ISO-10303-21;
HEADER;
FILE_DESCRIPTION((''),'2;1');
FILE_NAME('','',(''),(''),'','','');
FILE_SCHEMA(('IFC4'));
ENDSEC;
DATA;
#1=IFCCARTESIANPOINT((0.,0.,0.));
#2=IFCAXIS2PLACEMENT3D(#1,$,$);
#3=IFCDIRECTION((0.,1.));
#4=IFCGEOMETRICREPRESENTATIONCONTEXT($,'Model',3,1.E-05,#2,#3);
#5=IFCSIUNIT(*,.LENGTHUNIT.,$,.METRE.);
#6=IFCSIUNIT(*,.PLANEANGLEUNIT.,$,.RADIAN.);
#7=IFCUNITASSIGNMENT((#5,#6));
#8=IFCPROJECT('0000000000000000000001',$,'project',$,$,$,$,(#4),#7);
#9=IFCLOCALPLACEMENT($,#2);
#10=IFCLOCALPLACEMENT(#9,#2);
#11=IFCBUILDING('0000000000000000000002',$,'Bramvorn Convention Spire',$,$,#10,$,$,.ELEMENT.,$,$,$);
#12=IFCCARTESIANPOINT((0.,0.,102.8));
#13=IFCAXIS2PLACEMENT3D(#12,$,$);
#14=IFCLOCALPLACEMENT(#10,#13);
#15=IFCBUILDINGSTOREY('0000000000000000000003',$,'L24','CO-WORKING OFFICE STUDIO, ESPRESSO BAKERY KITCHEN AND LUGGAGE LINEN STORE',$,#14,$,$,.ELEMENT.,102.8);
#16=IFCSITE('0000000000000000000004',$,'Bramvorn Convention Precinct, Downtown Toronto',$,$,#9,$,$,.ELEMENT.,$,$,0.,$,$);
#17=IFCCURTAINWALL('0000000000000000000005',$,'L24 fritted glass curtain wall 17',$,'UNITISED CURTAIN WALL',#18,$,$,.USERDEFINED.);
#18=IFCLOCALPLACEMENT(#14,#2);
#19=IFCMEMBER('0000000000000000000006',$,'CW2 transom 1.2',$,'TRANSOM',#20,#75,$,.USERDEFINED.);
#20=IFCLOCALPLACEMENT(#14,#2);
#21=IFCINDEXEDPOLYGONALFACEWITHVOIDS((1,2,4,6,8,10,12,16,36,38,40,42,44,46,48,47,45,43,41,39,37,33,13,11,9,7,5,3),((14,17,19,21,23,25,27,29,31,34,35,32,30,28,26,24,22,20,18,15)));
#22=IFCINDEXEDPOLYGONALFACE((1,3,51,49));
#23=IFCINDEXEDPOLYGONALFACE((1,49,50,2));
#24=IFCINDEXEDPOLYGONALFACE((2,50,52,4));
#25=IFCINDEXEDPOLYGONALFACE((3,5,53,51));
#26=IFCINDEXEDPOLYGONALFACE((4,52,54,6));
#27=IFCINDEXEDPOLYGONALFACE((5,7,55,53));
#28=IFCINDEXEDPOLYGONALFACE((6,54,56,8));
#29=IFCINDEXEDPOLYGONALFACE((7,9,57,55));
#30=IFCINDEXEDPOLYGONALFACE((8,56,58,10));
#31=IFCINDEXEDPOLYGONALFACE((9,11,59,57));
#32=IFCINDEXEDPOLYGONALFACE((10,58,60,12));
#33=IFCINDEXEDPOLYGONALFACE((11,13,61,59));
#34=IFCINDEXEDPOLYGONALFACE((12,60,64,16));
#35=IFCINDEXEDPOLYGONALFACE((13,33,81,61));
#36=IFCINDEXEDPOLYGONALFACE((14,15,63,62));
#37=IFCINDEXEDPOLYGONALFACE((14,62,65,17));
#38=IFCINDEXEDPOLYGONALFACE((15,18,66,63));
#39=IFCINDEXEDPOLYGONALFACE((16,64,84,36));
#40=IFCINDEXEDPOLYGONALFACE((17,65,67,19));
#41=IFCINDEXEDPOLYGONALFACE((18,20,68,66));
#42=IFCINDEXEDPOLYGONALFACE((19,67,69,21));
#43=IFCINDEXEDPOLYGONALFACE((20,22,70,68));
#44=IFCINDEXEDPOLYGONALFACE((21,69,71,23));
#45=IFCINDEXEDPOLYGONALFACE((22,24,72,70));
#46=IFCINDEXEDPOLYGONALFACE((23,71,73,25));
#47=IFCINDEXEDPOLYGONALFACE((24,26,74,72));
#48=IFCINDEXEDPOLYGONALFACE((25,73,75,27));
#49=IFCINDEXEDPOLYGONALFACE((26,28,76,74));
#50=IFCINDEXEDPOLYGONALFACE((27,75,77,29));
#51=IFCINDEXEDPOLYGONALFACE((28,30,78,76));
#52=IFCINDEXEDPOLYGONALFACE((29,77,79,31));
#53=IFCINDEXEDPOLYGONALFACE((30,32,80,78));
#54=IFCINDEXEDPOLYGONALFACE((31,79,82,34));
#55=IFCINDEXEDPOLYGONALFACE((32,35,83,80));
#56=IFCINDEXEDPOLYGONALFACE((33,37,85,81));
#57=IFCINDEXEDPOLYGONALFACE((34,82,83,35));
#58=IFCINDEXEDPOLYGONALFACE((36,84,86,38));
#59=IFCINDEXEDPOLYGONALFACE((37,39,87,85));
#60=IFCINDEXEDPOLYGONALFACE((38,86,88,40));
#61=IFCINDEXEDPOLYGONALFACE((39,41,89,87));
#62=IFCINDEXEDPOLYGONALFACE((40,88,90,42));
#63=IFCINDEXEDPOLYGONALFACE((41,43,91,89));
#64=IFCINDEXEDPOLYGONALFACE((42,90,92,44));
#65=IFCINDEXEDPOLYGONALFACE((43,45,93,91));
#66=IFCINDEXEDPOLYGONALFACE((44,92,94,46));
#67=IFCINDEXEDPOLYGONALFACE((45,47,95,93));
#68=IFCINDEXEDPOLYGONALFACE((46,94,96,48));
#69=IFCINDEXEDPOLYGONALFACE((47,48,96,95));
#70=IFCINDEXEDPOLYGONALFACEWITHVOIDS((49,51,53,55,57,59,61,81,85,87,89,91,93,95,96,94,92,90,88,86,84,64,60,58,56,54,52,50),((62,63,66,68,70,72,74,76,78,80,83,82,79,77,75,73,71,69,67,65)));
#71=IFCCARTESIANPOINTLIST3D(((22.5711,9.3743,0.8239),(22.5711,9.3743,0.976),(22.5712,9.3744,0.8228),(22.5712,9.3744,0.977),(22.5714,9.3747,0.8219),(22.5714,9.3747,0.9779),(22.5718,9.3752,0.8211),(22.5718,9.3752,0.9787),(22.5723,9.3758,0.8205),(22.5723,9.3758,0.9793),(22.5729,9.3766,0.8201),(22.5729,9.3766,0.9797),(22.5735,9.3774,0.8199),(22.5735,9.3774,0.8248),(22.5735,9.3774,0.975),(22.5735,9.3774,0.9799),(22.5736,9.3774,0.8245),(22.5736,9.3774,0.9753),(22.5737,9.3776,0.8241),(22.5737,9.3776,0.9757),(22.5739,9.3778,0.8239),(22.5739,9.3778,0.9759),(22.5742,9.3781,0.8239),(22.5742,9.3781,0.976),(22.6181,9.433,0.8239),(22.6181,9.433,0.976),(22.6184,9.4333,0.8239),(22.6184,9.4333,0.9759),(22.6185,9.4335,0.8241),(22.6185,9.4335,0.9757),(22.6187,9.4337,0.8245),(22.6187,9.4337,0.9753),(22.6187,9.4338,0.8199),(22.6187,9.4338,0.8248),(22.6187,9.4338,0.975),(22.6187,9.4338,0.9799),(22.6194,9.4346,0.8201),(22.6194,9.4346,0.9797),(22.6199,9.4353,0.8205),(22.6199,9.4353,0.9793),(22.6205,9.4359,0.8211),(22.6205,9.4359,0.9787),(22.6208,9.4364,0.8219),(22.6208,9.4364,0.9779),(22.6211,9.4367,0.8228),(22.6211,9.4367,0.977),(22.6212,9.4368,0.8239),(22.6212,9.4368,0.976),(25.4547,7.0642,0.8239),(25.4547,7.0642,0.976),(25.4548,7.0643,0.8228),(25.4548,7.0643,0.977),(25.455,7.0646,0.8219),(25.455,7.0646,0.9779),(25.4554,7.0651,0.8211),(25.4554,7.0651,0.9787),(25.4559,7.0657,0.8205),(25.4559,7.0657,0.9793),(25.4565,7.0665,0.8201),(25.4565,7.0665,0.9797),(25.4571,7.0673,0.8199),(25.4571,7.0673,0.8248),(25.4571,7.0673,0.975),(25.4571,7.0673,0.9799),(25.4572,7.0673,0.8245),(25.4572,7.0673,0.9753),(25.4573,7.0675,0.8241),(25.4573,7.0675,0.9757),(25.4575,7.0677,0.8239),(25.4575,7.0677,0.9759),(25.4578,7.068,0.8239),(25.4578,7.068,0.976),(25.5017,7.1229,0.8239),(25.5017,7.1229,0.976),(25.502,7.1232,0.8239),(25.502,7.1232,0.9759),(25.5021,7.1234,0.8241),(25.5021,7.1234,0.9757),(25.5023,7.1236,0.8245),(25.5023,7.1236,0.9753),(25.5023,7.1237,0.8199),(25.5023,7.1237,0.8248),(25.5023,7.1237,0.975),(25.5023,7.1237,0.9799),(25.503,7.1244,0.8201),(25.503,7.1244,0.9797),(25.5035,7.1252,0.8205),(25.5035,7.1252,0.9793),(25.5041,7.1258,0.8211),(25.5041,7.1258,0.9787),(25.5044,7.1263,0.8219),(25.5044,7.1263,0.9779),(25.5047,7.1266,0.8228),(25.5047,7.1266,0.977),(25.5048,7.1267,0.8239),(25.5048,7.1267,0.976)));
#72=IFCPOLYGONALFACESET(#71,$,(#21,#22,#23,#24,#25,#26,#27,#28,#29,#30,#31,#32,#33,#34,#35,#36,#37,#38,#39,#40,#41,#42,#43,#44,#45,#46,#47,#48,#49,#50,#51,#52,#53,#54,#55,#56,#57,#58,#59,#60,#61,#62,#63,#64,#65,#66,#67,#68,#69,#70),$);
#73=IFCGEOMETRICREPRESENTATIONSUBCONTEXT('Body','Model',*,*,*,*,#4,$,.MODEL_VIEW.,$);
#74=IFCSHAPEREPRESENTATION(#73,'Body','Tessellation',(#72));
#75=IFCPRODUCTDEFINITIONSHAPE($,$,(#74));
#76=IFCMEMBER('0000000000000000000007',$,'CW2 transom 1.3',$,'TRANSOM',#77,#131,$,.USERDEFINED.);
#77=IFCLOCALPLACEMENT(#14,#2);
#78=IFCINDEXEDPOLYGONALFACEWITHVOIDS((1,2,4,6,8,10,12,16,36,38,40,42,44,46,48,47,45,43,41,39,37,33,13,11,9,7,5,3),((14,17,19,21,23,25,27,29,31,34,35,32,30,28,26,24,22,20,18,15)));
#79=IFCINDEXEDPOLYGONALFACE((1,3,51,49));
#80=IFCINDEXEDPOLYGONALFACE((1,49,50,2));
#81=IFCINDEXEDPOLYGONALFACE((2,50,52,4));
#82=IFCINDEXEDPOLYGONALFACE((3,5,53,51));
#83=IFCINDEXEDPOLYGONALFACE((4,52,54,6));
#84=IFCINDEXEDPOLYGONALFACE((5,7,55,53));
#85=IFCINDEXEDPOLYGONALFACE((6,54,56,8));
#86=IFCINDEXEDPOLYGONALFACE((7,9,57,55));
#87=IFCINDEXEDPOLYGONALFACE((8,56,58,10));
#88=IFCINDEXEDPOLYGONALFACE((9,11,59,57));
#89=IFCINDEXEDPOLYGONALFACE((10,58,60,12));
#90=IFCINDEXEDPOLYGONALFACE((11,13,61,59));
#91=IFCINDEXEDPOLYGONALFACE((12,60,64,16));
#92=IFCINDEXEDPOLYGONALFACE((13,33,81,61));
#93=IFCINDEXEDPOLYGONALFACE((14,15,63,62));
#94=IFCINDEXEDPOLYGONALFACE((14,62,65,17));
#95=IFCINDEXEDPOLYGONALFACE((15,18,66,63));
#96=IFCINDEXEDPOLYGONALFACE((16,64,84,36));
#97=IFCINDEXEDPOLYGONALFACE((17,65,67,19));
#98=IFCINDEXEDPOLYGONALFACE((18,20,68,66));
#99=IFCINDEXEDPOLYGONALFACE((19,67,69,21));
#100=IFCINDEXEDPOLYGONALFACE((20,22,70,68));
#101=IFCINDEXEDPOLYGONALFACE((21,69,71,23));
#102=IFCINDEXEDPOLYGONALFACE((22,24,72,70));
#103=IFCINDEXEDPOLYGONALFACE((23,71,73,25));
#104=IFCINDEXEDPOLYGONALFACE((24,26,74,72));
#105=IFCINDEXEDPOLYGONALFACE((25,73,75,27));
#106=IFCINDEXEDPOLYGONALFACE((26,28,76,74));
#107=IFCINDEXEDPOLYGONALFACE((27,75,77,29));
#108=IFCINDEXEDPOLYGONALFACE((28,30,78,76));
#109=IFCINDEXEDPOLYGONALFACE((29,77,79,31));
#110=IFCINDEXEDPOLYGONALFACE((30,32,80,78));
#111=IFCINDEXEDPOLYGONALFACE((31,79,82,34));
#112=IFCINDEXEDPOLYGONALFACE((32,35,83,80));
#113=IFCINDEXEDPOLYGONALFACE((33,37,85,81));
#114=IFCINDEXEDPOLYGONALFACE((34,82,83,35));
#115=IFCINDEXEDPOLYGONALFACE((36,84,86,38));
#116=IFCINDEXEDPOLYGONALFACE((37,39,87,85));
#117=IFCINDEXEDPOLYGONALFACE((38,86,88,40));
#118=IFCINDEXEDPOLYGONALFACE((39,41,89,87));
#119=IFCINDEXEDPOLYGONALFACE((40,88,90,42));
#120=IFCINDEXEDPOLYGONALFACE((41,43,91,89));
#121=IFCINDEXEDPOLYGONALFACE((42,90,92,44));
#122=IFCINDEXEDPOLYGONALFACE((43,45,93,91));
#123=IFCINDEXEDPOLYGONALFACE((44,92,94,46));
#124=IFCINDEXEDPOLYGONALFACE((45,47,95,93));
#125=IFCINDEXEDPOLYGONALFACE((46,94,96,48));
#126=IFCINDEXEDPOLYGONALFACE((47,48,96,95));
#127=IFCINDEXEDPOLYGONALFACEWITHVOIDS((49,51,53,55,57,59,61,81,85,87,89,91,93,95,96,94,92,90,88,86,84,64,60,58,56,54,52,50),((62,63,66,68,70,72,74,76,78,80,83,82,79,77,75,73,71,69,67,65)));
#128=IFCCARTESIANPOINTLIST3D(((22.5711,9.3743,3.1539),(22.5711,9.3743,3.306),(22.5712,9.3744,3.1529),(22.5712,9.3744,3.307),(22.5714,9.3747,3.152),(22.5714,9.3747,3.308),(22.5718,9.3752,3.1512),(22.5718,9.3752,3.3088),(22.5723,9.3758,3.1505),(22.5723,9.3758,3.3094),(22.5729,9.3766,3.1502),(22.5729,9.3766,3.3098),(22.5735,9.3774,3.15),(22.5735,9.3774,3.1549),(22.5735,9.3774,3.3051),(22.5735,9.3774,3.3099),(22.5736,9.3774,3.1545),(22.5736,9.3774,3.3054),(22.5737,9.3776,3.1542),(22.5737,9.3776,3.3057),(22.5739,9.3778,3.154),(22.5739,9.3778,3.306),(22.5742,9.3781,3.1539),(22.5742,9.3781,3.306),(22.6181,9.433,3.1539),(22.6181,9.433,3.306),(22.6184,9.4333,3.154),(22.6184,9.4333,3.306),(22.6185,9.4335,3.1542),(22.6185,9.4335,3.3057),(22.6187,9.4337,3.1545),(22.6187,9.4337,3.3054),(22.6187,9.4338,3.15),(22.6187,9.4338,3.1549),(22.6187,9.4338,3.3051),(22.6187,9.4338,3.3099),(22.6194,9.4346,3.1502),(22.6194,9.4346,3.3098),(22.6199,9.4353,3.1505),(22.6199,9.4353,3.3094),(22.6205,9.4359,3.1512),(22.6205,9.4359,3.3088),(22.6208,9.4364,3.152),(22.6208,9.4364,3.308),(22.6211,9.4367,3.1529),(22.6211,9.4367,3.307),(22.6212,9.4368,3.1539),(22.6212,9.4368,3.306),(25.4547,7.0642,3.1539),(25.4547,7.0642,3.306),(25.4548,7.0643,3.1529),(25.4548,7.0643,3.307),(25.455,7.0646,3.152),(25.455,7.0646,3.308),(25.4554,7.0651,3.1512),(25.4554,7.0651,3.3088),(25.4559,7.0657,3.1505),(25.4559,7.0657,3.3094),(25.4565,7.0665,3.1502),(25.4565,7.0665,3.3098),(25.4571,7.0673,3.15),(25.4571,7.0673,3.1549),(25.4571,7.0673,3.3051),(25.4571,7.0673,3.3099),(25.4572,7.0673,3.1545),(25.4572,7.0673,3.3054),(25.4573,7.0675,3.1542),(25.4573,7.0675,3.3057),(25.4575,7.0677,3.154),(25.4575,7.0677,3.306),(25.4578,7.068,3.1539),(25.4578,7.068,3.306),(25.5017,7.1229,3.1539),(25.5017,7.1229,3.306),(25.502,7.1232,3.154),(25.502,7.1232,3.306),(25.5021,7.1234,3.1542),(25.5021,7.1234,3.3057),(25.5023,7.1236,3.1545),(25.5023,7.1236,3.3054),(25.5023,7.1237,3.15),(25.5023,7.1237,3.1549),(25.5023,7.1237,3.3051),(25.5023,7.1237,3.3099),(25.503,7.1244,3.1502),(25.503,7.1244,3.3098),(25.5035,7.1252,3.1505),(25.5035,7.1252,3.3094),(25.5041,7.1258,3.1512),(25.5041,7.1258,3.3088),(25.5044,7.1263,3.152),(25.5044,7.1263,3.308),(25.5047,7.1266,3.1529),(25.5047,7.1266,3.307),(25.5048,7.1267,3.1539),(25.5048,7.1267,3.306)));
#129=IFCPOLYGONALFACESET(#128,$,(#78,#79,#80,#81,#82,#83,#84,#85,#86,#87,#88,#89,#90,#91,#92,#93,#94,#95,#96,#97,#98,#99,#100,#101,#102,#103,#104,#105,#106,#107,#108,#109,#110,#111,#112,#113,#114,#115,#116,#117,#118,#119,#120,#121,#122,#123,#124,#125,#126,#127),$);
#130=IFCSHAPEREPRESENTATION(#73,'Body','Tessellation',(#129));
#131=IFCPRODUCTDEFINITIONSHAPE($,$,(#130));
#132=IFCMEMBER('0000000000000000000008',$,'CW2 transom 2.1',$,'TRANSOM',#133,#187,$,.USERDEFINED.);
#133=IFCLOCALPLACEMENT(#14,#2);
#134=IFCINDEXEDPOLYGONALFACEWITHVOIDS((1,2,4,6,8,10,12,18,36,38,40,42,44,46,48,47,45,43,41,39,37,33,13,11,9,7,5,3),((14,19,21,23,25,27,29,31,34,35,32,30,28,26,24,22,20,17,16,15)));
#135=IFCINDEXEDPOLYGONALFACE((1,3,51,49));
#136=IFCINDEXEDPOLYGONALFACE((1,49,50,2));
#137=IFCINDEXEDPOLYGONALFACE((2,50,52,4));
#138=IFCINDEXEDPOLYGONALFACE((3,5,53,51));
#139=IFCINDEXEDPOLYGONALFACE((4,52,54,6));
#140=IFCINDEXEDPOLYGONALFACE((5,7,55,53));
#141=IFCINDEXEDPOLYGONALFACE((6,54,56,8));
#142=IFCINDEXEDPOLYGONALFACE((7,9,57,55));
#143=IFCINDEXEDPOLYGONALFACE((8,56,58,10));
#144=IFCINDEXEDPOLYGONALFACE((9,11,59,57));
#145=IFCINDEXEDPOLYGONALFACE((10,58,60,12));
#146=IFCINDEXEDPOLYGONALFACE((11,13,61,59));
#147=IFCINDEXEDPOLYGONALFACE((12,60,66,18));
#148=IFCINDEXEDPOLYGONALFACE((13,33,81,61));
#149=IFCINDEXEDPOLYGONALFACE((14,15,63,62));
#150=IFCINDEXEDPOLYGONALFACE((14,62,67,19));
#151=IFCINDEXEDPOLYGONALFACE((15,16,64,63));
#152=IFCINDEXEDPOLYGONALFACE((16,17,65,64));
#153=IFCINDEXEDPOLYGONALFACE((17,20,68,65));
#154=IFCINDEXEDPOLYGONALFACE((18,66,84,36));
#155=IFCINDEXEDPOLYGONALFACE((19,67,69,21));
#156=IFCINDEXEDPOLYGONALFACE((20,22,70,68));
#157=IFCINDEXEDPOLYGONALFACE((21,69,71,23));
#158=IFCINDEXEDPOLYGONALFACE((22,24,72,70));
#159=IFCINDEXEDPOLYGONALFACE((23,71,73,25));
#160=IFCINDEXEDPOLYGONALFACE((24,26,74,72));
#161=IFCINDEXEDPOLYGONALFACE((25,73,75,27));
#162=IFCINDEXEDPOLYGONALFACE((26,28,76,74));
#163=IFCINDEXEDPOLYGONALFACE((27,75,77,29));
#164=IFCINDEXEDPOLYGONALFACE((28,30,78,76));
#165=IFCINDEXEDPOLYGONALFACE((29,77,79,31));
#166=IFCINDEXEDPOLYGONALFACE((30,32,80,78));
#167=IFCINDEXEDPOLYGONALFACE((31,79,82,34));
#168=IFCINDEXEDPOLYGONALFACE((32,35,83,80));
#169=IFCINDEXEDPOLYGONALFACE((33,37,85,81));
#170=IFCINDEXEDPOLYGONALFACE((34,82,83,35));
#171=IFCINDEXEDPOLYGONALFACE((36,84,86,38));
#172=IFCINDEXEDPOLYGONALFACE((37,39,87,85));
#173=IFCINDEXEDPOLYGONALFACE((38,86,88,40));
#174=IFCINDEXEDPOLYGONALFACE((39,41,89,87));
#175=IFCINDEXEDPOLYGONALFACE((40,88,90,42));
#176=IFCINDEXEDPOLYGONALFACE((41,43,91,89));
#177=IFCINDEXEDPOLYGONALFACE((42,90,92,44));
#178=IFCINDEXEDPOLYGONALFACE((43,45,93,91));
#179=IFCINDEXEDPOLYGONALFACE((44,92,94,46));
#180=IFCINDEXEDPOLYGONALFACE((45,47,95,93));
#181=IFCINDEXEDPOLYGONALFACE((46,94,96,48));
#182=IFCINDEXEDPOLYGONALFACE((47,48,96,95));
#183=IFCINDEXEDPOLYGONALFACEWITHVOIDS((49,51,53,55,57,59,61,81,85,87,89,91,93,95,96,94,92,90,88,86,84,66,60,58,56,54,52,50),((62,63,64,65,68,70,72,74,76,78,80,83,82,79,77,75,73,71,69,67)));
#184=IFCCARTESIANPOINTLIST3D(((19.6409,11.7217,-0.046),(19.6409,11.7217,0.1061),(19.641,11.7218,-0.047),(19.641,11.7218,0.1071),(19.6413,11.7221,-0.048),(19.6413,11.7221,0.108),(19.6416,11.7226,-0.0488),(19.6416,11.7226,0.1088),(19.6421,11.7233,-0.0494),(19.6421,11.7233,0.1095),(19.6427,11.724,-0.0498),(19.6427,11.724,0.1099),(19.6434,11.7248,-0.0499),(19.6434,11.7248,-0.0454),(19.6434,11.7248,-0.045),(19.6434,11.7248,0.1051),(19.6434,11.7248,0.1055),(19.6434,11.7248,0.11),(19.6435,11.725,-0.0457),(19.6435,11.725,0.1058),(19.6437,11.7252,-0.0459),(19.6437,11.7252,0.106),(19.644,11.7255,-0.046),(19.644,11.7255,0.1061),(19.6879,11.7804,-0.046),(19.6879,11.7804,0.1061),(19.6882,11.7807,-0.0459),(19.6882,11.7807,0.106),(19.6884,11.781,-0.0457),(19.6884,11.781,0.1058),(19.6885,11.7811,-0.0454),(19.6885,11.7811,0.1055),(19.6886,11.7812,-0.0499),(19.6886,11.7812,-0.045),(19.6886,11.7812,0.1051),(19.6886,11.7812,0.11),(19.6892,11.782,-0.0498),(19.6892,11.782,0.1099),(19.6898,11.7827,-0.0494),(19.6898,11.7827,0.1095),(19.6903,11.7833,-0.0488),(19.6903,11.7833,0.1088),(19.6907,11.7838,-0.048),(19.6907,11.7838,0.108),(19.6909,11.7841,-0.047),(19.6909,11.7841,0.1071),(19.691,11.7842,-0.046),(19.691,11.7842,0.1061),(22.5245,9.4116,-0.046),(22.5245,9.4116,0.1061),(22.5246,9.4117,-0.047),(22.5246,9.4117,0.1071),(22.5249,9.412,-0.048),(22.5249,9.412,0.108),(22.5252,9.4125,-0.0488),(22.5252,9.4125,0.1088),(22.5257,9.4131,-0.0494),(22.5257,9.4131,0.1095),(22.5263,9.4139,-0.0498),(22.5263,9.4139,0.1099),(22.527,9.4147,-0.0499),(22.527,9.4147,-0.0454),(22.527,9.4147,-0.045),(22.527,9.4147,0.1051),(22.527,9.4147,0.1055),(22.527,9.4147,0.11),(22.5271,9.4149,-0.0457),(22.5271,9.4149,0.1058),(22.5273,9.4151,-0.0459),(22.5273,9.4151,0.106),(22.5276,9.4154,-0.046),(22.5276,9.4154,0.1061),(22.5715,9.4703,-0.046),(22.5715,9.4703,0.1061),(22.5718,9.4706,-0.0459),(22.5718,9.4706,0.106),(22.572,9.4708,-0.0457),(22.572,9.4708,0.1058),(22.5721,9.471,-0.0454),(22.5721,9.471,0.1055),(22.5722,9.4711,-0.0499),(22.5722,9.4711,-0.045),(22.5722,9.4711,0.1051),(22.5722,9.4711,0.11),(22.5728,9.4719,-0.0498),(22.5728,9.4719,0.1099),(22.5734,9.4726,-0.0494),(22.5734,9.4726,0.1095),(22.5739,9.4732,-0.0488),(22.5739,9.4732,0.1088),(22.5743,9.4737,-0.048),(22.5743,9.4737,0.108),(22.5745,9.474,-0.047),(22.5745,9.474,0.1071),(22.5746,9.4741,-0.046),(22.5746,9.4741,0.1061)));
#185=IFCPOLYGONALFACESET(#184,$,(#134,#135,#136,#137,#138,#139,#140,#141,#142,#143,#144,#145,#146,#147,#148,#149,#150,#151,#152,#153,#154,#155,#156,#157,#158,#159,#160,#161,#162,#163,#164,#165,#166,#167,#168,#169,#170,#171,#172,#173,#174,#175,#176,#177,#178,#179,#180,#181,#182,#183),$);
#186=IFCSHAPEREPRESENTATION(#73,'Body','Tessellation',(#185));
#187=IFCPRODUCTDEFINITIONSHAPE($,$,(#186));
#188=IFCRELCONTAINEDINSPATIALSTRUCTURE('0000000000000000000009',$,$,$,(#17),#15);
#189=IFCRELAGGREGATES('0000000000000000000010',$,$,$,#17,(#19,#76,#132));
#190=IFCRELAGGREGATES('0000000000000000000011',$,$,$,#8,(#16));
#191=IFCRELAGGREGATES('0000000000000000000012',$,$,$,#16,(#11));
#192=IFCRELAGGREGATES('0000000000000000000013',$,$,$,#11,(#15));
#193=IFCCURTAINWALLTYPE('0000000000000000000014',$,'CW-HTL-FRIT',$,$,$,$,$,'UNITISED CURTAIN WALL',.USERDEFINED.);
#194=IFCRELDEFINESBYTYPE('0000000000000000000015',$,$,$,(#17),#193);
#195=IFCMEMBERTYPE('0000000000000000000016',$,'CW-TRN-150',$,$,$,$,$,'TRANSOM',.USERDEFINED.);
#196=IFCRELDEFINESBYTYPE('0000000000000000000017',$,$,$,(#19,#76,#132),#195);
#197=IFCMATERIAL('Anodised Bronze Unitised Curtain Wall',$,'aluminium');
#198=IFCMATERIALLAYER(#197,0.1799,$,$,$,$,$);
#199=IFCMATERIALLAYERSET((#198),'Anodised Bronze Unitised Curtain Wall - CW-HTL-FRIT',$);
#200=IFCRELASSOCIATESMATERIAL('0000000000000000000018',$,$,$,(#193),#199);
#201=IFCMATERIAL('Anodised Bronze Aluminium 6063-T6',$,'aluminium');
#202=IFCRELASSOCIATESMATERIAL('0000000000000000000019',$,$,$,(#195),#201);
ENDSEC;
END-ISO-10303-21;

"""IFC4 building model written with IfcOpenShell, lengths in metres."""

from ifc_helpers import new_model, si_unit, direction, frame, origin, origin_2d, place, context, subcontext, project, spatial, hollow_rectangle, extrude, material, layer, layer_set, material_profile, profile_set, type_object, element, aggregate, save


model = new_model("IFC4")

# Units and contexts
model_context = context("Model", 3, precision=1e-05, world=origin(), true_north=direction((0.0, 1.0)))
body_context = subcontext(model_context, "Body", "Model", "MODEL_VIEW")
ifc_project = project(units=[si_unit("LENGTHUNIT", "METRE"), si_unit("PLANEANGLEUNIT", "RADIAN")], contexts=[model_context])

# Site, building, storey
site_placement = place(None, origin())
site = spatial("IfcSite", under=ifc_project, at=site_placement, Name="Bramvorn Convention Precinct, Downtown Toronto", CompositionType="ELEMENT", RefElevation=0.0)
building_placement = place(site_placement, origin())
building = spatial("IfcBuilding", under=site, at=building_placement, Name="Bramvorn Convention Spire", CompositionType="ELEMENT")
storey_placement = place(building_placement, frame((0.0, 0.0, 102.8)))
storey = spatial("IfcBuildingStorey", under=building, at=storey_placement, Name="L24", Description="CO-WORKING OFFICE STUDIO, ESPRESSO BAKERY KITCHEN AND LUGGAGE LINEN STORE", CompositionType="ELEMENT", Elevation=102.8)

# Curtain wall, members
ifc_material_1 = material(Name="Anodised Bronze Unitised Curtain Wall", Category="aluminium")
ifc_layer_1 = layer(ifc_material_1, 0.1799)
ifc_layer_set_1 = layer_set([ifc_layer_1], Name="Anodised Bronze Unitised Curtain Wall - CW-HTL-FRIT")
curtain_wall_type = type_object("IfcCurtainWallType", Name="CW-HTL-FRIT", ElementType="UNITISED CURTAIN WALL", PredefinedType="USERDEFINED", material=ifc_layer_set_1)
curtain_wall_placement = place(storey_placement, origin())
curtain_wall = element("IfcCurtainWall", 1, at=curtain_wall_placement, inside=storey, type_object=curtain_wall_type, Name="L24 fritted glass curtain wall 17", ObjectType="UNITISED CURTAIN WALL", PredefinedType="USERDEFINED")
ifc_material_2 = material(Name="Anodised Bronze Aluminium 6063-T6", Category="aluminium")
ifc_material_profile_1 = material_profile(ifc_material_2, hollow_rectangle(XDim=0.0801, YDim=0.1599, WallThickness=0.0039, InnerFilletRadius=0.001, OuterFilletRadius=0.0039, at=origin_2d()))
ifc_profile_set_1 = profile_set([ifc_material_profile_1], Name="Anodised Bronze Aluminium 6063-T6 - CWT80X160")
member_type_1 = type_object("IfcMemberType", Name="CW-TRN-150", ElementType="TRANSOM", PredefinedType="USERDEFINED", material=ifc_profile_set_1)
member_1_placement = place(storey_placement, frame((25.4797, 7.0955, 0.8999), z_axis=(-0.780443, 0.625227, 0.0), x_axis=(-0.625227, -0.780443, 0.0)))
member_1 = element("IfcMember", 2, at=member_1_placement, type_object=member_type_1, Name="CW2 transom 1.2", ObjectType="TRANSOM", PredefinedType="USERDEFINED", context=body_context, shape_type="SweptSolid", body=[
    extrude(hollow_rectangle(XDim=0.0801, YDim=0.1599, WallThickness=0.0039, InnerFilletRadius=0.001, OuterFilletRadius=0.0039, at=origin_2d()), origin(), (0.0, 0.0, 1.0), 3.6948),
])
member_2_placement = place(storey_placement, frame((25.4797, 7.0955, 3.23), z_axis=(-0.780443, 0.625227, 0.0), x_axis=(-0.625227, -0.780443, 0.0)))
member_2 = element("IfcMember", 3, at=member_2_placement, type_object=member_type_1, Name="CW2 transom 1.3", ObjectType="TRANSOM", PredefinedType="USERDEFINED", context=body_context, shape_type="SweptSolid", body=[
    extrude(hollow_rectangle(XDim=0.0801, YDim=0.1599, WallThickness=0.0039, InnerFilletRadius=0.001, OuterFilletRadius=0.0039, at=origin_2d()), origin(), (0.0, 0.0, 1.0), 3.6948),
])
member_3_placement = place(storey_placement, frame((22.5496, 9.4429, 0.03), z_axis=(-0.780443, 0.625227, 0.0), x_axis=(-0.625227, -0.780443, 0.0)))
member_3 = element("IfcMember", 4, at=member_3_placement, type_object=member_type_1, Name="CW2 transom 2.1", ObjectType="TRANSOM", PredefinedType="USERDEFINED", context=body_context, shape_type="SweptSolid", body=[
    extrude(hollow_rectangle(XDim=0.0801, YDim=0.1599, WallThickness=0.0039, InnerFilletRadius=0.001, OuterFilletRadius=0.0039, at=origin_2d()), origin(), (0.0, 0.0, 1.0), 3.6948),
])
aggregate(curtain_wall, [member_1, member_2, member_3])

save(model, "model.ifc")
